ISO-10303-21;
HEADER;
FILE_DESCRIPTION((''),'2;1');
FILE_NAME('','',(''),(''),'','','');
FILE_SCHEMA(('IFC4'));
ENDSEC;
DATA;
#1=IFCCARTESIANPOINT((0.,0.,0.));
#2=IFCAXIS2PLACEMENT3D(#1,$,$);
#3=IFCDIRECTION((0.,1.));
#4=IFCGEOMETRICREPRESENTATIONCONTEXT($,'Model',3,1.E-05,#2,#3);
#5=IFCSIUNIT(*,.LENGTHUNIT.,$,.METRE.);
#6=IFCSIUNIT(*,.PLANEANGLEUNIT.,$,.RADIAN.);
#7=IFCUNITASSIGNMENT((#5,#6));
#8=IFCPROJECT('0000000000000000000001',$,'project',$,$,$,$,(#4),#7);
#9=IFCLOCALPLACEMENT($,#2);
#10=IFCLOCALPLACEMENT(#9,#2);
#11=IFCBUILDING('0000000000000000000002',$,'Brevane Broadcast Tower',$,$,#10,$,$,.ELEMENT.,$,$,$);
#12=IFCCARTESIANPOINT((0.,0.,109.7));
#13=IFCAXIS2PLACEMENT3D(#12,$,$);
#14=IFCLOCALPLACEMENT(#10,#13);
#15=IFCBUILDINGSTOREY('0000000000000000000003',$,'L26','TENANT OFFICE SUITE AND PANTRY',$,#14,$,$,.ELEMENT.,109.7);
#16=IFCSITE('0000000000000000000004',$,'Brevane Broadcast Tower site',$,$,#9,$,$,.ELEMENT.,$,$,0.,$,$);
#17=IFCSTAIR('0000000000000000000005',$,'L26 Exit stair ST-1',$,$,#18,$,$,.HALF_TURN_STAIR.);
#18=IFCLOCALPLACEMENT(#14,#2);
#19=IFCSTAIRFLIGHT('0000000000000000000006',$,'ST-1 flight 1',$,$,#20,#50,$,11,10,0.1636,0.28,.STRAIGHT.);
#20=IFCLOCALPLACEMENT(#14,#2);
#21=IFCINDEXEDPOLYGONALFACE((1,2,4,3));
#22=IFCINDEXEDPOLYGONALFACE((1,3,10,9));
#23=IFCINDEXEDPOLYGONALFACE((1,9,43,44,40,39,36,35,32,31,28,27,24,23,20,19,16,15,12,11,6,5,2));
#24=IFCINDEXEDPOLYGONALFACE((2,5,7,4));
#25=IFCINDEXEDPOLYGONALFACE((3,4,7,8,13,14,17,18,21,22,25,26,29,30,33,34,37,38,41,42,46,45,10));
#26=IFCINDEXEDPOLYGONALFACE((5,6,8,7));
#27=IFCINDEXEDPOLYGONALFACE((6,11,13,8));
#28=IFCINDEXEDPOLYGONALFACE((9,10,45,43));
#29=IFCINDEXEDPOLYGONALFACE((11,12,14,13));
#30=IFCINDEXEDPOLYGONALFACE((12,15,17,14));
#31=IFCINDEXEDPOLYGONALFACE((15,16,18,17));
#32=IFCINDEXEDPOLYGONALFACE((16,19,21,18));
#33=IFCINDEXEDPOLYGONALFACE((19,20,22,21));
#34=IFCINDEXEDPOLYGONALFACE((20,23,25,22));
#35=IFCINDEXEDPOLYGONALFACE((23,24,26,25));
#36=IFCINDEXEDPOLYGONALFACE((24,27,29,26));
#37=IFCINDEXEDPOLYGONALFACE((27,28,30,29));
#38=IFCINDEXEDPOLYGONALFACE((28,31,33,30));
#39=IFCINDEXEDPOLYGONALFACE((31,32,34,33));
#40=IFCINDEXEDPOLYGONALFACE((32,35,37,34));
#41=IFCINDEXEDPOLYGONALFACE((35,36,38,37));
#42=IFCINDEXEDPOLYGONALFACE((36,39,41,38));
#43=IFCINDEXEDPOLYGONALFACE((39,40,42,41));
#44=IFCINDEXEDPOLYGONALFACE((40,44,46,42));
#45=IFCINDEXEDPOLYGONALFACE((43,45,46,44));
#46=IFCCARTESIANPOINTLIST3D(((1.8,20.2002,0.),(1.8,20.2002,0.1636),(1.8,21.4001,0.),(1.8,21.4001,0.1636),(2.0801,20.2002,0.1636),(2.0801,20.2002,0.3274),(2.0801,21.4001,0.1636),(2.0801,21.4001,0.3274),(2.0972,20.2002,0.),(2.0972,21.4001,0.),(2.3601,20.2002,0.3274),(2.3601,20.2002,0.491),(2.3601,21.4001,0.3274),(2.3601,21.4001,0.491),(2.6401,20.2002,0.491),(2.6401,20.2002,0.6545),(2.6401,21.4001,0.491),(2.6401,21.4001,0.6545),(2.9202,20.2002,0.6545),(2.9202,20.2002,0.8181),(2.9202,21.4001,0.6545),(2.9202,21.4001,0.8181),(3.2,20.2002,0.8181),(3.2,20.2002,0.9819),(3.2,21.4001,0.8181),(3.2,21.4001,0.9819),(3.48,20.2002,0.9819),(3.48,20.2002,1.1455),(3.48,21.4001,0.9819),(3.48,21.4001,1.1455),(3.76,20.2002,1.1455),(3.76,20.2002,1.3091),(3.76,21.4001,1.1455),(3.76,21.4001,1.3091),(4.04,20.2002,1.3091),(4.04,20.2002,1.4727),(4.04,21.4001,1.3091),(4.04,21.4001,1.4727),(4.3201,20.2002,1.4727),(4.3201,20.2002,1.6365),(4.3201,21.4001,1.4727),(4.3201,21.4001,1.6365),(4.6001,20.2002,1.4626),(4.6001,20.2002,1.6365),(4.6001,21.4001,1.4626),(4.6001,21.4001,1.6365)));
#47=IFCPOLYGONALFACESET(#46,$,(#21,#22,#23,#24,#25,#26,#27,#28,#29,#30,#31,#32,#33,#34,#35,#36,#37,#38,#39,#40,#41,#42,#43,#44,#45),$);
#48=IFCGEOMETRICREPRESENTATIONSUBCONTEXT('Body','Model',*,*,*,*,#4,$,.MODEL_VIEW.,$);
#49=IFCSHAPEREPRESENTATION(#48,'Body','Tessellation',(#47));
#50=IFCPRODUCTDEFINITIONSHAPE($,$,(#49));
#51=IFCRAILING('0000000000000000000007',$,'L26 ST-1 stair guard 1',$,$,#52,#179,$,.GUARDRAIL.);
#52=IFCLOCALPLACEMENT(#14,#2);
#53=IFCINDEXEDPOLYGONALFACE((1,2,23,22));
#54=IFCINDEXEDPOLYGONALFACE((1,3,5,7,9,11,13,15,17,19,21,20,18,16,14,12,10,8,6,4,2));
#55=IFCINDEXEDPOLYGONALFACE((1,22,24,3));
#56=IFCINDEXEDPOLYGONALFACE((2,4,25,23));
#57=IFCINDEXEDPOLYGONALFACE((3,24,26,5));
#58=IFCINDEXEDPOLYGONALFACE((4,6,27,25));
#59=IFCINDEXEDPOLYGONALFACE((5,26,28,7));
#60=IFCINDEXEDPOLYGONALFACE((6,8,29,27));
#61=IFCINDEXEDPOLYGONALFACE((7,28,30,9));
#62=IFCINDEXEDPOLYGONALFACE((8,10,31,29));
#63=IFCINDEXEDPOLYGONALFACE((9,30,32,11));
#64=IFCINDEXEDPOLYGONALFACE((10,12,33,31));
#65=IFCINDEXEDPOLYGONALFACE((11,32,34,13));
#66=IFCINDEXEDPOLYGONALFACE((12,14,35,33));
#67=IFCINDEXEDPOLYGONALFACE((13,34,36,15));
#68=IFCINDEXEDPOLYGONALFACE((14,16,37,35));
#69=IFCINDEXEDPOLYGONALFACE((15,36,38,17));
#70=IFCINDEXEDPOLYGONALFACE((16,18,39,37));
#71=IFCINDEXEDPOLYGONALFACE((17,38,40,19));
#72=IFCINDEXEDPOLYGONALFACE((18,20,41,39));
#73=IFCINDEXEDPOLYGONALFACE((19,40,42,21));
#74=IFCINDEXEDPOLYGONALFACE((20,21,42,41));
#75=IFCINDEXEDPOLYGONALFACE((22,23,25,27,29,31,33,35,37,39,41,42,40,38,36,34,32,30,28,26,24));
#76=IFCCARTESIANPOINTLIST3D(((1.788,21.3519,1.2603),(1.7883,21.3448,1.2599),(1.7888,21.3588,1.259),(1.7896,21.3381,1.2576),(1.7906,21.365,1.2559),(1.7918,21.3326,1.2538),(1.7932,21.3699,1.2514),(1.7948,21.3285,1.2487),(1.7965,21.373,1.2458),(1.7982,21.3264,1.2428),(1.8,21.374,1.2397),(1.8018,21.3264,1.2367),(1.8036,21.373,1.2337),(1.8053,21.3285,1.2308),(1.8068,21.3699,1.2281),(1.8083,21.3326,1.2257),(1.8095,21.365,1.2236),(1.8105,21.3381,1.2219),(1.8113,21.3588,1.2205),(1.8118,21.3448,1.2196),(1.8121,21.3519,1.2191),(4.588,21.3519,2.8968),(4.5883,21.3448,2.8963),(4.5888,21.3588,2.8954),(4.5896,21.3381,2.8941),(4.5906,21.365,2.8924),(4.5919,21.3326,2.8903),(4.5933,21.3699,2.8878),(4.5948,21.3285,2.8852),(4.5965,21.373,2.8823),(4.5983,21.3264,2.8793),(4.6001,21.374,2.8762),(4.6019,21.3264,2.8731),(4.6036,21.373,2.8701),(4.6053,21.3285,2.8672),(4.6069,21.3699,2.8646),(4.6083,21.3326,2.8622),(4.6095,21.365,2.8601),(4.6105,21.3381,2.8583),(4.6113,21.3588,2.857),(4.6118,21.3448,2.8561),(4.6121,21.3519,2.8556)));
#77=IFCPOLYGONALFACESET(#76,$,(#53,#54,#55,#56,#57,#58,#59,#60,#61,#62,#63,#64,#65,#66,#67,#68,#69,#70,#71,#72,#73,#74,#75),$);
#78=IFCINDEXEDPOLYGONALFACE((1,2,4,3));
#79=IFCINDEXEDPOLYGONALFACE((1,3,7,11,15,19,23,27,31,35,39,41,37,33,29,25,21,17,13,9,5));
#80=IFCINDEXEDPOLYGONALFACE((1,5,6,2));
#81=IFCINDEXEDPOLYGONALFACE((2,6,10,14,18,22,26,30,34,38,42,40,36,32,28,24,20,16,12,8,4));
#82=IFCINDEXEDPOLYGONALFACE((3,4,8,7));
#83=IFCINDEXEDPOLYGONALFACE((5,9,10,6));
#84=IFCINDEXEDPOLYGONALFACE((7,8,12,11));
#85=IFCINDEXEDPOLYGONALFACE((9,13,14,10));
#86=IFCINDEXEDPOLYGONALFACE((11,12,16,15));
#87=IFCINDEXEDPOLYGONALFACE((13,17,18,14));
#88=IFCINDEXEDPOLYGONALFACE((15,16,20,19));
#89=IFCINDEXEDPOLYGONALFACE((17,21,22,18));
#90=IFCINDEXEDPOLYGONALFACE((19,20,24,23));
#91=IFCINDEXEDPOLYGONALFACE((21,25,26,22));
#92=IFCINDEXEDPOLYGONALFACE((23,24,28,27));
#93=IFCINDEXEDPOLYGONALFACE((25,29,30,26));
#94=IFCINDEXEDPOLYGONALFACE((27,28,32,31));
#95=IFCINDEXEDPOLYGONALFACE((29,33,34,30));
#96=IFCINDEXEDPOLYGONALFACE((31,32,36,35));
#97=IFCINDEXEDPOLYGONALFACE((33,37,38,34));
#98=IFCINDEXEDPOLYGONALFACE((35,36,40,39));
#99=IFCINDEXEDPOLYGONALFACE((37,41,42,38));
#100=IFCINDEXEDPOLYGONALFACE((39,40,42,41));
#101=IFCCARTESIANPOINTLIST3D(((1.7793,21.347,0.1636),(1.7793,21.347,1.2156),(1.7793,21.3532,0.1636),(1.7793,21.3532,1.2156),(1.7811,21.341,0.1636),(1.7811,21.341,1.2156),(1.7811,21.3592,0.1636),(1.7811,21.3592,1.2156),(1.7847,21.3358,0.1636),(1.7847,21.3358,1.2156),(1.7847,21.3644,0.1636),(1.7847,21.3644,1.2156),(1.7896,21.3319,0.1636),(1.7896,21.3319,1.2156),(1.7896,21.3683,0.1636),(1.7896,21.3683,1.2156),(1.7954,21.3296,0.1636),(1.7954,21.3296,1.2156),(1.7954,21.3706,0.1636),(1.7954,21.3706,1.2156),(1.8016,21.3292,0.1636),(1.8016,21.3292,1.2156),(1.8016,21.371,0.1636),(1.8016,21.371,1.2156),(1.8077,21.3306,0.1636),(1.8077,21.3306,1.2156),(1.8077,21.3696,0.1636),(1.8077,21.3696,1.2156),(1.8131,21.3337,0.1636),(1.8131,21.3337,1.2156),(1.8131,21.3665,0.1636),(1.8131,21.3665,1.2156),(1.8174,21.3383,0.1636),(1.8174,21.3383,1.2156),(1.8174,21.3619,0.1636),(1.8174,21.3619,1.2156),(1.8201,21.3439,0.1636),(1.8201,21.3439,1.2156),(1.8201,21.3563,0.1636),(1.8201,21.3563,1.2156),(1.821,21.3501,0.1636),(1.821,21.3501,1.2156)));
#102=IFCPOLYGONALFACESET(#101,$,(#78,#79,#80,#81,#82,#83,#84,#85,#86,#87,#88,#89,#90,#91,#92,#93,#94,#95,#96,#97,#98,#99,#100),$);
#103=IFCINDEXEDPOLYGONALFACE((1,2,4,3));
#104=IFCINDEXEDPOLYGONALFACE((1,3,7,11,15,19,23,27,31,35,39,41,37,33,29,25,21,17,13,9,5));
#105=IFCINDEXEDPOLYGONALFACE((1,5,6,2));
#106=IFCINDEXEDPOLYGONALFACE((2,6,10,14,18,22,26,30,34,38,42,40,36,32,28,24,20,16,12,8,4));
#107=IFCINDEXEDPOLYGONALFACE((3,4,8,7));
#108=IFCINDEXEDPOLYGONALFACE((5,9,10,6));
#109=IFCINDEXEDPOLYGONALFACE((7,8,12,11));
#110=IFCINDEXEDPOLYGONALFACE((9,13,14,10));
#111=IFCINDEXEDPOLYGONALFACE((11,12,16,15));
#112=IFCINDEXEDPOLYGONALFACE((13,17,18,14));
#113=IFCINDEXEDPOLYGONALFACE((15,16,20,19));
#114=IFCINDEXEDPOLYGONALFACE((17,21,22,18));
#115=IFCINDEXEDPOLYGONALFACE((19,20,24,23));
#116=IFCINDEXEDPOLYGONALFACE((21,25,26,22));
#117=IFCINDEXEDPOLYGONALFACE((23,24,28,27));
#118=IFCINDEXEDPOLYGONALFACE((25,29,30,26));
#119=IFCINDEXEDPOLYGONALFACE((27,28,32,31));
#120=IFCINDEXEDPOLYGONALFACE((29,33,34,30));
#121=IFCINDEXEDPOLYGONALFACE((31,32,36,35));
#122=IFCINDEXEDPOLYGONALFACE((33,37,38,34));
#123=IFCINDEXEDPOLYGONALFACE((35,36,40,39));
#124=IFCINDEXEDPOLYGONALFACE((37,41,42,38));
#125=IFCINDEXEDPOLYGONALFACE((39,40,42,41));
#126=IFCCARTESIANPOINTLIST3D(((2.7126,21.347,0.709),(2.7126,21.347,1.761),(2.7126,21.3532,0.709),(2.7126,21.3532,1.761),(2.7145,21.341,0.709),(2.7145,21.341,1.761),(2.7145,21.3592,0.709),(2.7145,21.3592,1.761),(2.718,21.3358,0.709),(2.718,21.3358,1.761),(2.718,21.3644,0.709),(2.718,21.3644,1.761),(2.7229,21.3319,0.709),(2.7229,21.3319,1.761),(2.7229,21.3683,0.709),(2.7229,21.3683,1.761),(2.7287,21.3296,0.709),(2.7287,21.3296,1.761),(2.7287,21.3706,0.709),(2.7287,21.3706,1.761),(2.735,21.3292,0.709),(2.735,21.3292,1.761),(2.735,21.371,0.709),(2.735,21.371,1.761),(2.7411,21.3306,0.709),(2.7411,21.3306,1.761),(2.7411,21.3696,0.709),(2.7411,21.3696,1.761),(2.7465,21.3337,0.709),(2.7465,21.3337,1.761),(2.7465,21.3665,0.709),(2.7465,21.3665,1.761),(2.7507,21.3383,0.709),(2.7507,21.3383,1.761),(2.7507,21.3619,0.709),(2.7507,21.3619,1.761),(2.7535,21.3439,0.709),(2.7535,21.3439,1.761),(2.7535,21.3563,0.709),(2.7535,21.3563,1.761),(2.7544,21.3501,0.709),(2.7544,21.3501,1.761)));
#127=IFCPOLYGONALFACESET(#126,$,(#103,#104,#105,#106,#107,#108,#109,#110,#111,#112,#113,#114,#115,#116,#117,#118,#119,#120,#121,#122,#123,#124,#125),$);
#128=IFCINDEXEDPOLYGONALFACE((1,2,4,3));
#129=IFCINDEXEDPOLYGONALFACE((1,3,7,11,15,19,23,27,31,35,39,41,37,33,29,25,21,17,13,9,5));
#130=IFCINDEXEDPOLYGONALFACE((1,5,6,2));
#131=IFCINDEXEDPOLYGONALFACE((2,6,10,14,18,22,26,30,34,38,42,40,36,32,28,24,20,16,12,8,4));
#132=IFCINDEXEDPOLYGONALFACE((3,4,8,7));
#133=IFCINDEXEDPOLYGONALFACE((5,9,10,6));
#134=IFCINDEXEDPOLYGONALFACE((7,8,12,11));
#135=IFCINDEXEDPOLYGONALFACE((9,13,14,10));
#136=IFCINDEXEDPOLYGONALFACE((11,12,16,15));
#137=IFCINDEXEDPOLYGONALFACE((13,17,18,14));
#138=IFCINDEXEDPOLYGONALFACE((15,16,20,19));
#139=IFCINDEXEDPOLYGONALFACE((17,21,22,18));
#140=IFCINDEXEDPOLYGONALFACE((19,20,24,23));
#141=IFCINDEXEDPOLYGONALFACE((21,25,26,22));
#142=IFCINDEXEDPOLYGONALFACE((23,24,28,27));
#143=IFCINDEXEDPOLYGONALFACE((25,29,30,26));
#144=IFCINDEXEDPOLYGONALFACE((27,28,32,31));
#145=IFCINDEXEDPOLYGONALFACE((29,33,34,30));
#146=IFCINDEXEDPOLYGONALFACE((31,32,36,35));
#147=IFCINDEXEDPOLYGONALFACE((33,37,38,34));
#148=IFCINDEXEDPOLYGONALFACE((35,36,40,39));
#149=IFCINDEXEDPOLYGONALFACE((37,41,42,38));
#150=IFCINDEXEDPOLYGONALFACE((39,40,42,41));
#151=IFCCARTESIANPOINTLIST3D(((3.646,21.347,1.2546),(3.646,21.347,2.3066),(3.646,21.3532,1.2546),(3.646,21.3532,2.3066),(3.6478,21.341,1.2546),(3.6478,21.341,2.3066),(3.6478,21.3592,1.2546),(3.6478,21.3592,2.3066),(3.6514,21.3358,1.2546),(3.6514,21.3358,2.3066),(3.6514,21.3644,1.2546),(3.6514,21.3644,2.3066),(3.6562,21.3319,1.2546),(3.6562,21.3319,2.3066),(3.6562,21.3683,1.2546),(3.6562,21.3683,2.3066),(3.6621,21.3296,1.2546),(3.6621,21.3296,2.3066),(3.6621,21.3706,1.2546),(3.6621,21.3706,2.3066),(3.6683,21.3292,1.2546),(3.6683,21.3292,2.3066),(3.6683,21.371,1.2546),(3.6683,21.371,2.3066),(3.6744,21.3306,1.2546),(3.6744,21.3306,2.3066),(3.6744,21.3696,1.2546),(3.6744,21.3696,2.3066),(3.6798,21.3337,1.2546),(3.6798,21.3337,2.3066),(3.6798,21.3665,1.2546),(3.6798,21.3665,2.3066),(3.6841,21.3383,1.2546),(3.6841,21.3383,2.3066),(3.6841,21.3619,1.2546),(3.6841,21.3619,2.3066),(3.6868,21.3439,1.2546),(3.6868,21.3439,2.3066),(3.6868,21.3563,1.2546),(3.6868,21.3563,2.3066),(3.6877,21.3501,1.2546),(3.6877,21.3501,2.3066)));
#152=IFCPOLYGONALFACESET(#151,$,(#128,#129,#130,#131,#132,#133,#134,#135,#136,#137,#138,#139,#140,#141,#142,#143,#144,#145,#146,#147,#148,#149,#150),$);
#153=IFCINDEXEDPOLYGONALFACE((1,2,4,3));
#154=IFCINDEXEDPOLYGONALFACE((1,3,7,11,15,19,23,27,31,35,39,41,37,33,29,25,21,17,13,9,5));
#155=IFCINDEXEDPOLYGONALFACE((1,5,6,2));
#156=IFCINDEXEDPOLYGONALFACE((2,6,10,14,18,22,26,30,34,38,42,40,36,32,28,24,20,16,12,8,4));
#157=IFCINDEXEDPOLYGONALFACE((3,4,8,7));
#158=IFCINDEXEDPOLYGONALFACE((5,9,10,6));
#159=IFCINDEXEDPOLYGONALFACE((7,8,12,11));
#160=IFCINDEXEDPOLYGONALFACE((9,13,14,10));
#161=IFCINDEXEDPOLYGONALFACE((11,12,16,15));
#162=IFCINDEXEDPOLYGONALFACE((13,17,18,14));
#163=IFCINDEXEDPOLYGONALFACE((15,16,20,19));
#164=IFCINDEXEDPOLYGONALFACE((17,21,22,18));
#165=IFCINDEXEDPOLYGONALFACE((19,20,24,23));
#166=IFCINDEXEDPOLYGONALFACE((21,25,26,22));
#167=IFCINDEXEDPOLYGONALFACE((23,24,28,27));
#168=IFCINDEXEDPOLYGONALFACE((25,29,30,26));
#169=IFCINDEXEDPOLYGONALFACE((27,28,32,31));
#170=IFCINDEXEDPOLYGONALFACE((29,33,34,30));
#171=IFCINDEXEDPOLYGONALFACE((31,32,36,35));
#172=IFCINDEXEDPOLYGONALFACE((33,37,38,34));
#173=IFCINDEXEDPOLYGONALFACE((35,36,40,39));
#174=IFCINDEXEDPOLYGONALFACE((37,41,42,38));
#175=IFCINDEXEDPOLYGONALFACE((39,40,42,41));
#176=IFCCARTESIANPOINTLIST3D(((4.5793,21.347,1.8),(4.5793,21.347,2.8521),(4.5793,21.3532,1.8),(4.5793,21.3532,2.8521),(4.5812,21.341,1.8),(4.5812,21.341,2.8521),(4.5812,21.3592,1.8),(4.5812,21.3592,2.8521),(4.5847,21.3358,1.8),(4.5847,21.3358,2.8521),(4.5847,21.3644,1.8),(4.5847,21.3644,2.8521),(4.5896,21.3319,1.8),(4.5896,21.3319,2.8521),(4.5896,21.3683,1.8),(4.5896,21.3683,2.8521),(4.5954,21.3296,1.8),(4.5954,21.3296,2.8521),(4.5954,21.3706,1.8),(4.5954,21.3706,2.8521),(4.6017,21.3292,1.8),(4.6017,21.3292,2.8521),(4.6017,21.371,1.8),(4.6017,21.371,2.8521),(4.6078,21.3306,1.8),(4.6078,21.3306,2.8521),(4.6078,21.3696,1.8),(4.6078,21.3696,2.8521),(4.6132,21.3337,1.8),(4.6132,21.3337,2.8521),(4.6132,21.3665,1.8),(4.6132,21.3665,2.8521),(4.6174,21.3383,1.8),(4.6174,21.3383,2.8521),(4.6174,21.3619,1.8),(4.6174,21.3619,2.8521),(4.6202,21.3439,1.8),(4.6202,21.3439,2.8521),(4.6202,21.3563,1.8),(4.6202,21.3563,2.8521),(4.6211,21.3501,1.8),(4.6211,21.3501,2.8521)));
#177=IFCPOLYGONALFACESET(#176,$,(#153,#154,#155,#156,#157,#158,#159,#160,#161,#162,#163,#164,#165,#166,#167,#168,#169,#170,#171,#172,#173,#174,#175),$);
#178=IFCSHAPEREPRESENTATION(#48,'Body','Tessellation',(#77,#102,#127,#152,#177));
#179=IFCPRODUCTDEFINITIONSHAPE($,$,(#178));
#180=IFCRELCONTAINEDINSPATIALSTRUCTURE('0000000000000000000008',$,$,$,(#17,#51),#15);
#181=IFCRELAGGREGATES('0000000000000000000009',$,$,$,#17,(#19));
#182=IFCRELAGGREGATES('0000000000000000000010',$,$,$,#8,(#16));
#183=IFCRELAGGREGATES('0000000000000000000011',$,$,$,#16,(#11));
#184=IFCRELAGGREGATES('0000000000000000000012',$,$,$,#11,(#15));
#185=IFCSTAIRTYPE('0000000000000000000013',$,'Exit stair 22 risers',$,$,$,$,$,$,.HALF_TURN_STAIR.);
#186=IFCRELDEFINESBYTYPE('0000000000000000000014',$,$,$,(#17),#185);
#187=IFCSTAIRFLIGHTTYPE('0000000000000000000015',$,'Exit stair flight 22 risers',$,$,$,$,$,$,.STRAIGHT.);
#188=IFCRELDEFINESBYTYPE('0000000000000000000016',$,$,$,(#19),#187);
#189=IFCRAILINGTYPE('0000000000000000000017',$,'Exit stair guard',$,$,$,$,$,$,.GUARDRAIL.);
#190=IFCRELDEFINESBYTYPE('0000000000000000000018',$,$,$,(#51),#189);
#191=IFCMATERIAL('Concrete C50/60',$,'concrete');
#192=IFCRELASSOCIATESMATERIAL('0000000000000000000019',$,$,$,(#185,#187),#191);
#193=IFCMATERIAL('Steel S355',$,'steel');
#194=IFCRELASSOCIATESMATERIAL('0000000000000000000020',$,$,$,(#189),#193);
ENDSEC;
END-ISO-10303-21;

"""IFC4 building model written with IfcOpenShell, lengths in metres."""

from ifc_helpers import new_model, si_unit, direction, frame, origin, origin_2d, place, context, subcontext, project, spatial, polyline, circle, outline, extrude, material, type_object, element, aggregate, save


model = new_model("IFC4")

# Units and contexts
model_context = context("Model", 3, precision=1e-05, world=origin(), true_north=direction((0.0, 1.0)))
body_context = subcontext(model_context, "Body", "Model", "MODEL_VIEW")
ifc_project = project(units=[si_unit("LENGTHUNIT", "METRE"), si_unit("PLANEANGLEUNIT", "RADIAN")], contexts=[model_context])

# Site, building, storey
site_placement = place(None, origin())
site = spatial("IfcSite", under=ifc_project, at=site_placement, Name="Brevane Broadcast Tower site", CompositionType="ELEMENT", RefElevation=0.0)
building_placement = place(site_placement, origin())
building = spatial("IfcBuilding", under=site, at=building_placement, Name="Brevane Broadcast Tower", CompositionType="ELEMENT")
storey_placement = place(building_placement, frame((0.0, 0.0, 109.7)))
storey = spatial("IfcBuildingStorey", under=building, at=storey_placement, Name="L26", Description="TENANT OFFICE SUITE AND PANTRY", CompositionType="ELEMENT", Elevation=109.7)

# Stair, stair flight
ifc_material_1 = material(Name="Concrete C50/60", Category="concrete")
stair_type = type_object("IfcStairType", Name="Exit stair 22 risers", PredefinedType="HALF_TURN_STAIR", material=ifc_material_1)
stair_placement = place(storey_placement, origin())
stair = element("IfcStair", 1, at=stair_placement, inside=storey, type_object=stair_type, Name="L26 Exit stair ST-1", PredefinedType="HALF_TURN_STAIR")
stair_flight_type = type_object("IfcStairFlightType", Name="Exit stair flight 22 risers", PredefinedType="STRAIGHT", material=ifc_material_1)
stair_flight_placement = place(storey_placement, frame((1.8, 20.8, 0.0), z_axis=(0.0, 0.0, 1.0), x_axis=(1.0, 0.0, 0.0)))
stair_flight = element("IfcStairFlight", 2, at=stair_flight_placement, type_object=stair_flight_type, Name="ST-1 flight 1", NumberOfRisers=11, NumberOfTreads=10, PredefinedType="STRAIGHT", RiserHeight=0.1636, TreadLength=0.28, context=body_context, shape_type="SweptSolid", body=[
    extrude(outline(polyline([(0.0, 0.0), (0.0, 0.1636), (0.28, 0.1636), (0.28, 0.3274), (0.5601, 0.3274), (0.5601, 0.491), (0.8401, 0.491), (0.8401, 0.6545), (1.1201, 0.6545), (1.1201, 0.8181), (1.3999, 0.8181), (1.3999, 0.9819), (1.6799, 0.9819), (1.6799, 1.1455), (1.96, 1.1455), (1.96, 1.3091), (2.24, 1.3091), (2.24, 1.4727), (2.52, 1.4727), (2.52, 1.6365), (2.8, 1.6365), (2.8, 1.8), (2.8, 1.4626), (0.2971, 0.0), (0.0, 0.0)])), frame((0.0, 0.6001, 0.0), z_axis=(0.0, -1.0, 0.0), x_axis=(1.0, 0.0, 0.0)), (0.0, 0.0, 1.0), 1.2),
])
aggregate(stair, [stair_flight])

# Railing
ifc_material_2 = material(Name="Steel S355", Category="steel")
railing_type_1 = type_object("IfcRailingType", Name="Exit stair guard", PredefinedType="GUARDRAIL", material=ifc_material_2)
railing_1_placement = place(storey_placement, frame((1.8, 21.3501, 0.1636)))
element("IfcRailing", 3, at=railing_1_placement, inside=storey, type_object=railing_type_1, Name="L26 ST-1 stair guard 1", PredefinedType="GUARDRAIL", context=body_context, shape_type="SweptSolid", body=[
    extrude(circle(Radius=0.0239, at=origin_2d()), frame((0.0, 0.0, 1.0762), z_axis=(0.863361, 0.0, 0.504587), x_axis=(0.0, 1.0, 0.0)), (0.0, 0.0, 1.0), 3.2432),
    extrude(circle(Radius=0.021, at=origin_2d()), origin(), (0.0, 0.0, 1.0), 1.052),
    extrude(circle(Radius=0.021, at=origin_2d()), frame((0.9333, 0.0, 0.5454)), (0.0, 0.0, 1.0), 1.052),
    extrude(circle(Radius=0.021, at=origin_2d()), frame((1.8667, 0.0, 1.0911)), (0.0, 0.0, 1.0), 1.052),
    extrude(circle(Radius=0.021, at=origin_2d()), frame((2.8, 0.0, 1.6365)), (0.0, 0.0, 1.0), 1.052),
])

save(model, "model.ifc")
